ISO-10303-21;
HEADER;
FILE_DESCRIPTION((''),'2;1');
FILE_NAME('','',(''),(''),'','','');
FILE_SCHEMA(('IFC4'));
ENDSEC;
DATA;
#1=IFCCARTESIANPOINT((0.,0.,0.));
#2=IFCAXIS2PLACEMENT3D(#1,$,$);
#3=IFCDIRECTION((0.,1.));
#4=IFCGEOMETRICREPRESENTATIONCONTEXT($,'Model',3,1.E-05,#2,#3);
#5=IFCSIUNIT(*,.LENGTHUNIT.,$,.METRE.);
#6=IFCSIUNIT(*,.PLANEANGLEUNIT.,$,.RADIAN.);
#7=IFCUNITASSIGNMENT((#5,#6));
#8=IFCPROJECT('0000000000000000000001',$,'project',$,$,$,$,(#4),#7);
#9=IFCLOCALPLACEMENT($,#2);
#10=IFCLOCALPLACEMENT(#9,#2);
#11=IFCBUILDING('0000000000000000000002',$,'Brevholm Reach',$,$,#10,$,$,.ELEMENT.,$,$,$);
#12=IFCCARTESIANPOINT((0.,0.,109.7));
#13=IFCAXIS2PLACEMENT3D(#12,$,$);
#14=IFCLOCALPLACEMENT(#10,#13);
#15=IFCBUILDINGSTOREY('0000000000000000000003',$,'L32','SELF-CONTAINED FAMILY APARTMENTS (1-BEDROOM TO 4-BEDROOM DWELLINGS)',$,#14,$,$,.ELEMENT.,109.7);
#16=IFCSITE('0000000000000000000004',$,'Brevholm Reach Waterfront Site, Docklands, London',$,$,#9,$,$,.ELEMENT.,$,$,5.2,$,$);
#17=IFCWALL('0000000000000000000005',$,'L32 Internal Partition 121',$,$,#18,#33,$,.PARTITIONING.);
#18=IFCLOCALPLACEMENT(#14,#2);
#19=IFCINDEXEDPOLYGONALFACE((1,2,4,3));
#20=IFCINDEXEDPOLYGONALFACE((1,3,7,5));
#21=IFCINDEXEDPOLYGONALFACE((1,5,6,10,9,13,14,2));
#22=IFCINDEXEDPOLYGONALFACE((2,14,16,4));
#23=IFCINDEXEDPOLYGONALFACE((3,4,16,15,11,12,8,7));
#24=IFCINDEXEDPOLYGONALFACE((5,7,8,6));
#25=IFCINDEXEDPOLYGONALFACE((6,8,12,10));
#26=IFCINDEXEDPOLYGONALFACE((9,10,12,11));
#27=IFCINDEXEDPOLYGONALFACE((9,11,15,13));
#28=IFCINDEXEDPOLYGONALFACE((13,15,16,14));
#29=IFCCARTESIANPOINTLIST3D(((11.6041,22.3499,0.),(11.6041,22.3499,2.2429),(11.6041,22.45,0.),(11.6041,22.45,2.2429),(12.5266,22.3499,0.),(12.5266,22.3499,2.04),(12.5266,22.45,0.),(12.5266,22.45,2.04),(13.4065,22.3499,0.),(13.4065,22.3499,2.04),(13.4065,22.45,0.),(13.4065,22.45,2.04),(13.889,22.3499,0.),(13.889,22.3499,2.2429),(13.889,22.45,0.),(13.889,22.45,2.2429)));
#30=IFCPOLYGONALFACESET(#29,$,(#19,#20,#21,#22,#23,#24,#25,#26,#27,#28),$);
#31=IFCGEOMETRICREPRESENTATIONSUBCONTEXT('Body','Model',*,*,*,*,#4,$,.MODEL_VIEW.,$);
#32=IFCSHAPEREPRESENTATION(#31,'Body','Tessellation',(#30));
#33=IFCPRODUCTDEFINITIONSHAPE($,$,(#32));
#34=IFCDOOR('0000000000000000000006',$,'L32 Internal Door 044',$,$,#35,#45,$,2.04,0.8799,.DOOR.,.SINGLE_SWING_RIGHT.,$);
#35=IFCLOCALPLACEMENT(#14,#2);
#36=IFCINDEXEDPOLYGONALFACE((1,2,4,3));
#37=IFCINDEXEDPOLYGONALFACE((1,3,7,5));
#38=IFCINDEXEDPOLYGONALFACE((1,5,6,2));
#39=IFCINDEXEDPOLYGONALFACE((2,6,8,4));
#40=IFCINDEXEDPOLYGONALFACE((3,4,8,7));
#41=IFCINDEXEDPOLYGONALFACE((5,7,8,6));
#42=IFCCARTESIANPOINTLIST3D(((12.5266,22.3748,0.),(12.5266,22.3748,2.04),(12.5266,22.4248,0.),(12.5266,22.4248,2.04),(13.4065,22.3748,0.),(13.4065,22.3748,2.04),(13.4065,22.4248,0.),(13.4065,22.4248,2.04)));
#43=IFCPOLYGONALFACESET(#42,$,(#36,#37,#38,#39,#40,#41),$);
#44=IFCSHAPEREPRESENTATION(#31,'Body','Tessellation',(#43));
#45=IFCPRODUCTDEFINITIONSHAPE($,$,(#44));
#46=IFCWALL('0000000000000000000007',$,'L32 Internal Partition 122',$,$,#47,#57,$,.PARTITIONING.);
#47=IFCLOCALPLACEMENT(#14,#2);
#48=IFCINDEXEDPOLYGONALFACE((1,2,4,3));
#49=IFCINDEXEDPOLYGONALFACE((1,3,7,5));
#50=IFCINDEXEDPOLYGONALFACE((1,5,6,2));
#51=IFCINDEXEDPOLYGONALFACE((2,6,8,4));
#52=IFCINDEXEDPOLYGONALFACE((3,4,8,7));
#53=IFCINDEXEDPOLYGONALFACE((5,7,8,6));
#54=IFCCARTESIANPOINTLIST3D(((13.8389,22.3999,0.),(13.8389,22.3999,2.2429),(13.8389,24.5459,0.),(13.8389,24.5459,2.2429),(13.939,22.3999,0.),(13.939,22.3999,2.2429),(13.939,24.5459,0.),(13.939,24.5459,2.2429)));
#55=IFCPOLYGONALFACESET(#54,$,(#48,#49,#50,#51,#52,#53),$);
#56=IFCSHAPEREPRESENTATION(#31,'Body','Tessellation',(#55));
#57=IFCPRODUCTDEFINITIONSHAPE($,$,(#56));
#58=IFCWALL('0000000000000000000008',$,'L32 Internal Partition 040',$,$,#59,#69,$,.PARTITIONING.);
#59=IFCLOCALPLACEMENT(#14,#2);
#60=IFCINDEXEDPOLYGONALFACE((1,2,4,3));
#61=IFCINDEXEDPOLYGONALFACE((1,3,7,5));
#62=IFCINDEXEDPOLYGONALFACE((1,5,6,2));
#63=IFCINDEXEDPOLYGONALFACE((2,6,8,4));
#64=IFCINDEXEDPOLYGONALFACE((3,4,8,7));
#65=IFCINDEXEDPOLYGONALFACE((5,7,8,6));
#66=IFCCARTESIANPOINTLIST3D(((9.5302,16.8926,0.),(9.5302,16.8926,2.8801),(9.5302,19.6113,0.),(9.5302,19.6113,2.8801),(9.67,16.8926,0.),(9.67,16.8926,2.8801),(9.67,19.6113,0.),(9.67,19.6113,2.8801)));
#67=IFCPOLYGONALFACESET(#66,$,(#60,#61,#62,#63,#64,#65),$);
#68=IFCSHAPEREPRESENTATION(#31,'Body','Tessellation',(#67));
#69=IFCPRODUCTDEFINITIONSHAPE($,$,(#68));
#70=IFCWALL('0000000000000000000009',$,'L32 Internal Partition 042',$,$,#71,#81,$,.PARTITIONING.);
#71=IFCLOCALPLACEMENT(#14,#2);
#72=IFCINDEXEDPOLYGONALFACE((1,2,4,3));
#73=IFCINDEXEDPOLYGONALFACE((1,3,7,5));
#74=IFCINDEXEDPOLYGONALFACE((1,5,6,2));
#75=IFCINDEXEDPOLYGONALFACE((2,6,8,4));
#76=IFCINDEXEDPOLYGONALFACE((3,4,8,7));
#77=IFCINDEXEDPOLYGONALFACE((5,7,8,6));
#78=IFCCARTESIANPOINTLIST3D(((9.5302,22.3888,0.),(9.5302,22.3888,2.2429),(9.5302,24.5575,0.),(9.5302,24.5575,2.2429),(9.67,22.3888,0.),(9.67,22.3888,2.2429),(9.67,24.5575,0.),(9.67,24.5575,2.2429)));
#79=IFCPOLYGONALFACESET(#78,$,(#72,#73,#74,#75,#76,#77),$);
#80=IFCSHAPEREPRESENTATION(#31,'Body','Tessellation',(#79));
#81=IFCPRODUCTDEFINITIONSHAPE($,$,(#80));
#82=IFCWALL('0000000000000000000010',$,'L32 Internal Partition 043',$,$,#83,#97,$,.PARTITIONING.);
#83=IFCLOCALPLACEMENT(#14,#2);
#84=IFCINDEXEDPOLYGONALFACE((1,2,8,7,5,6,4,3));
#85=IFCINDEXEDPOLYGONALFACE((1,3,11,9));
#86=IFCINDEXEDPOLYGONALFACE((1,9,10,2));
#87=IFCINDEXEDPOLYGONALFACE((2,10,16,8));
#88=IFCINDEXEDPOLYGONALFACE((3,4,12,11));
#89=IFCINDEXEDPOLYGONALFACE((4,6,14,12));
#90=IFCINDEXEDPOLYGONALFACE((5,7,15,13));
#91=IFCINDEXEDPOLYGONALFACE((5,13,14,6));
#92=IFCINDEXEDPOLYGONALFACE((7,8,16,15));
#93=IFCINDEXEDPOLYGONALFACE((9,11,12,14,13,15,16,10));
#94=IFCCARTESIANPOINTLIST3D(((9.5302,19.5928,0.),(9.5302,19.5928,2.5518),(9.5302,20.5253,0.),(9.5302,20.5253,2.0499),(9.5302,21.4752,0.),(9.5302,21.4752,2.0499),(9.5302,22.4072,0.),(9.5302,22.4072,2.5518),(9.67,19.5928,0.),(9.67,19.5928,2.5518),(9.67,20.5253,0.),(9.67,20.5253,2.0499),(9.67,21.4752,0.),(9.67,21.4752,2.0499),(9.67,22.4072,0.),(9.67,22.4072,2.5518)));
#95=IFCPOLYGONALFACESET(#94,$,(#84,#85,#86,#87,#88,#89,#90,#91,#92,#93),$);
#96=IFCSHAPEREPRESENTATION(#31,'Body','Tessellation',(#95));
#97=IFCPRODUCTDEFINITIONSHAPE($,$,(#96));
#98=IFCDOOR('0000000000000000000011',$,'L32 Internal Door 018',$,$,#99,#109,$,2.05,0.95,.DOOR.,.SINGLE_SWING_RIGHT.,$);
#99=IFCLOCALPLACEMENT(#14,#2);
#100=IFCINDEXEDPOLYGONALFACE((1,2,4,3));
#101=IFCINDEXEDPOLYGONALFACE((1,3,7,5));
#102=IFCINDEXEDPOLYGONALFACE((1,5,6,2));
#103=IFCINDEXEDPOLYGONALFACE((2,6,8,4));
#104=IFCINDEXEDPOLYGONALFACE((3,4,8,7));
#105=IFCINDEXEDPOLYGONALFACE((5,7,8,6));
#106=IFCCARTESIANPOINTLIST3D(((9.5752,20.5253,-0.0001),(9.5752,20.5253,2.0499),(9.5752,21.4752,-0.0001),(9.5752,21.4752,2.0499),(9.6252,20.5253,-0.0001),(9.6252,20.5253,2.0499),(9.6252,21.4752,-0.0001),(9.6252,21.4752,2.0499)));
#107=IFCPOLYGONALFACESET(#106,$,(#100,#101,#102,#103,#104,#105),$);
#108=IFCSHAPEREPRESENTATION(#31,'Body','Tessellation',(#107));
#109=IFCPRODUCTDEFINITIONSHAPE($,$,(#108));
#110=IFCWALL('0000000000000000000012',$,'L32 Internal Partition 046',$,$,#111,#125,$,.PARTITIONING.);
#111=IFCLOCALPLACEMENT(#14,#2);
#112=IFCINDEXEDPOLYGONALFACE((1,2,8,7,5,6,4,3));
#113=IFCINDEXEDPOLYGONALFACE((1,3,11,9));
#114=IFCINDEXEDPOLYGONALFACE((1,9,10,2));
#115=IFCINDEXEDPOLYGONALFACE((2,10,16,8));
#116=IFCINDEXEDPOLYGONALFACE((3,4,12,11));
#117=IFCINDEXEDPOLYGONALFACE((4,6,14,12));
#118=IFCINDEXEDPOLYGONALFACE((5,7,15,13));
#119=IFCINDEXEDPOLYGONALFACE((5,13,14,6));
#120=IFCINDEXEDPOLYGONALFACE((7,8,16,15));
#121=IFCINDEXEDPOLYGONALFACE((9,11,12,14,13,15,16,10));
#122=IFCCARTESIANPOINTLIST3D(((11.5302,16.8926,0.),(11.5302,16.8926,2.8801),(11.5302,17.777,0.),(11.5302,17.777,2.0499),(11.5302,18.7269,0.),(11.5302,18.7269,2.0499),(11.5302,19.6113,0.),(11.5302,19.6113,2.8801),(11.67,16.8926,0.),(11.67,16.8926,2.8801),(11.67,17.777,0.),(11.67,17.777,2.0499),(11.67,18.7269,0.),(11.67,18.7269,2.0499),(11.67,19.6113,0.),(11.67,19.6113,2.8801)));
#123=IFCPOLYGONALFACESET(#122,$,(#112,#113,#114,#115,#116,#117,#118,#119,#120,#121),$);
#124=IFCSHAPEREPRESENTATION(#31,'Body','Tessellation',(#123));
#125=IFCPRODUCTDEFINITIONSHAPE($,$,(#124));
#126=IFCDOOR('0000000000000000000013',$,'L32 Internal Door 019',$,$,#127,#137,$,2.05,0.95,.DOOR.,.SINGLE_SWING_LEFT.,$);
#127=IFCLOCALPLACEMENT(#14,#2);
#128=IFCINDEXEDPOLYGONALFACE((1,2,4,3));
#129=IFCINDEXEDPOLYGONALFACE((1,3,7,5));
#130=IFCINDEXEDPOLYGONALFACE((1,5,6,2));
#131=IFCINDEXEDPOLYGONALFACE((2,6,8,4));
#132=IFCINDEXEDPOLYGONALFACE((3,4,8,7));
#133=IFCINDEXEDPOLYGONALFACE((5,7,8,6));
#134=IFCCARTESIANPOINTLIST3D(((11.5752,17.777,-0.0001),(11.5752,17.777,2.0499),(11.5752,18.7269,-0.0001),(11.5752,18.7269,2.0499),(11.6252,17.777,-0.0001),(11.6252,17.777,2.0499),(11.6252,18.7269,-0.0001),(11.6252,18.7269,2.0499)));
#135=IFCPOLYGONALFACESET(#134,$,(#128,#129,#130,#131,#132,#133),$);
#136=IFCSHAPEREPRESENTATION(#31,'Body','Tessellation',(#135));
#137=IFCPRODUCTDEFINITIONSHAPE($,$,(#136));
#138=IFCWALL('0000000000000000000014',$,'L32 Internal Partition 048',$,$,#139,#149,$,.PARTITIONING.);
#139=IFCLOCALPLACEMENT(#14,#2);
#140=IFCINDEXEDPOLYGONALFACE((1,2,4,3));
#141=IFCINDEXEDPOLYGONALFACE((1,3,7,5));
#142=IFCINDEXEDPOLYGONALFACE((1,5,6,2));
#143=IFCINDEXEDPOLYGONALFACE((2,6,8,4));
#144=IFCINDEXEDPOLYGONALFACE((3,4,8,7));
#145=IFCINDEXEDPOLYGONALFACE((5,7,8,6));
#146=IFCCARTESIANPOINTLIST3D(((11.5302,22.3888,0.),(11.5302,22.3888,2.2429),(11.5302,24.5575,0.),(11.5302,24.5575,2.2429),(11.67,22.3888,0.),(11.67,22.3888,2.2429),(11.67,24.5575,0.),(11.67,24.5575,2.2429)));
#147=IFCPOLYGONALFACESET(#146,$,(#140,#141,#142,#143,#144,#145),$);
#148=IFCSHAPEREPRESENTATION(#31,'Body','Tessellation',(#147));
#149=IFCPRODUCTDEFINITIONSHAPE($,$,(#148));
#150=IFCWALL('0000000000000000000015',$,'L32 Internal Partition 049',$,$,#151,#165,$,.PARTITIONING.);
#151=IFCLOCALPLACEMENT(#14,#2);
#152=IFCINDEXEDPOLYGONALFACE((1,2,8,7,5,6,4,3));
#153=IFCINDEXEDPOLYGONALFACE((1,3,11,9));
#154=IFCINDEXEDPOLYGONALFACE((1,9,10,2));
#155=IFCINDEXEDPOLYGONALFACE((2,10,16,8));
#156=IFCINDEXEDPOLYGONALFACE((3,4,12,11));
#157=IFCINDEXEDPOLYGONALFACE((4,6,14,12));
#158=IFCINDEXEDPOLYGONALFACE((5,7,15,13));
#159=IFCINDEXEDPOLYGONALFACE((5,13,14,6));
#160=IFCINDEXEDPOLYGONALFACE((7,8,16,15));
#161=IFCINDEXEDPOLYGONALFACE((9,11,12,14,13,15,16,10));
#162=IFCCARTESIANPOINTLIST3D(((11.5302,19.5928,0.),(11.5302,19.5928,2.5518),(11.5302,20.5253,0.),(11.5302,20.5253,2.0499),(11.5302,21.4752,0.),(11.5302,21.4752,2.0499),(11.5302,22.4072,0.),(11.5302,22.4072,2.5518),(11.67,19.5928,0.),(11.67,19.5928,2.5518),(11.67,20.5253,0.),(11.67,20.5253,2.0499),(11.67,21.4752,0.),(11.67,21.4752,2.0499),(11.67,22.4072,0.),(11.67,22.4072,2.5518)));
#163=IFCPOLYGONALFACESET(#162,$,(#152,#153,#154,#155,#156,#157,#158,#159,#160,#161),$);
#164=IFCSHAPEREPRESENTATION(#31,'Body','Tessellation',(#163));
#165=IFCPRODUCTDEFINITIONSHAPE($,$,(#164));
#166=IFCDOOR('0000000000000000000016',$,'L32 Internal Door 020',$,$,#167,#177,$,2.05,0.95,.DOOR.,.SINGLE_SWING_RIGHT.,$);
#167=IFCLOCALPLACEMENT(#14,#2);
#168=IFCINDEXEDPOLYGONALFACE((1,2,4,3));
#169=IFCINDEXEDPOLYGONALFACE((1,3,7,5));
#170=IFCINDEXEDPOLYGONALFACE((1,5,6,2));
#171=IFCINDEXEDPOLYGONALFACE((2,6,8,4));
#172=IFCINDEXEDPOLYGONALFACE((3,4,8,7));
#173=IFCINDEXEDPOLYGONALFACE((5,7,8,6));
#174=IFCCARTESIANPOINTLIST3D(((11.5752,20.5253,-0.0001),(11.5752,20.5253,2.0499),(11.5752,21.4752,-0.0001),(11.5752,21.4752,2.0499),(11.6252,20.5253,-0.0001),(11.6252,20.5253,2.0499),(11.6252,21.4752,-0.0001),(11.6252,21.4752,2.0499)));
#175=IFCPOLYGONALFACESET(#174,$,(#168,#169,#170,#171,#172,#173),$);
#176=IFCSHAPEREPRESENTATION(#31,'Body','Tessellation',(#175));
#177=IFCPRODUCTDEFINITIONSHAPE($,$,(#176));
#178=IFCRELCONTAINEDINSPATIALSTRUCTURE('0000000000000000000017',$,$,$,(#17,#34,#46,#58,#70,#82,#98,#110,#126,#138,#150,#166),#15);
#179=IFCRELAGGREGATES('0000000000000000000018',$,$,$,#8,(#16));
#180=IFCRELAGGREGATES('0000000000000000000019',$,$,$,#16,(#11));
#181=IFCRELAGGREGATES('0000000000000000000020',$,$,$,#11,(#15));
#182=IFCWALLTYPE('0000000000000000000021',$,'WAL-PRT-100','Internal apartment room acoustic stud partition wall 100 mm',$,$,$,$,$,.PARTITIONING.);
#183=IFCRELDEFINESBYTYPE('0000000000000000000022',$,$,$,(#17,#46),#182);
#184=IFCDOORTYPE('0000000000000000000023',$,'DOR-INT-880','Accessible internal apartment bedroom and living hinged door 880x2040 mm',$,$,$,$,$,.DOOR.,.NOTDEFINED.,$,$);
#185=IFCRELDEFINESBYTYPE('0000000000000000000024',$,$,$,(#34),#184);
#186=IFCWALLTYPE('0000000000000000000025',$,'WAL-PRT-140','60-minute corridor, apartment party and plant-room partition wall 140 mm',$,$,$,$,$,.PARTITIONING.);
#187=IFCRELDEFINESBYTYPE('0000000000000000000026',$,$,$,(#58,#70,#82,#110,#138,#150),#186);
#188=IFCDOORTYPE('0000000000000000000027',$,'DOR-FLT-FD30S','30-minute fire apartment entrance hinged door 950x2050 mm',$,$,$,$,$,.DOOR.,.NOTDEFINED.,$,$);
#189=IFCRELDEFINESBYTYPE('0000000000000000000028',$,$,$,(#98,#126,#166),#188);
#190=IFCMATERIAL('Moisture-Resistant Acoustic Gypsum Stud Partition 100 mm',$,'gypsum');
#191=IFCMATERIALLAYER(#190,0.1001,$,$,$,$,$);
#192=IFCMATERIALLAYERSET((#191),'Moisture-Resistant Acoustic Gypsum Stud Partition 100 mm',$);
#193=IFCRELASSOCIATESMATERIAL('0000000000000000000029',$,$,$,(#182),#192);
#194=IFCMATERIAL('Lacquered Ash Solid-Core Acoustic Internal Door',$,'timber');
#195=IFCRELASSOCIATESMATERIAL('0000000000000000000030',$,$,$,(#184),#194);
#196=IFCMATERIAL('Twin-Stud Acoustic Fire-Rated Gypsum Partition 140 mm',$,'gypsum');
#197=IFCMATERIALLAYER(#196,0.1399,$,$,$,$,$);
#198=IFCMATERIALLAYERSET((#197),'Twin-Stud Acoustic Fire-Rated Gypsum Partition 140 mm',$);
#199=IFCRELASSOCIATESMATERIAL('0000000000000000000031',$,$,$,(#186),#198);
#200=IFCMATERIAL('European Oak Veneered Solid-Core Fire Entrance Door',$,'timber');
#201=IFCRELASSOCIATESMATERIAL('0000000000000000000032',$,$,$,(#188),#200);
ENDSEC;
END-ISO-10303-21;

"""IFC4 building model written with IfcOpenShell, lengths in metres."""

from ifc_helpers import new_model, si_unit, direction, frame, frame_2d, origin, place, context, subcontext, project, spatial, rectangle, extrude, material, layer, layer_set, type_object, element, fill, save


model = new_model("IFC4")

# Units and contexts
model_context = context("Model", 3, precision=1e-05, world=origin(), true_north=direction((0.0, 1.0)))
body_context = subcontext(model_context, "Body", "Model", "MODEL_VIEW")
ifc_project = project(units=[si_unit("LENGTHUNIT", "METRE"), si_unit("PLANEANGLEUNIT", "RADIAN")], contexts=[model_context])

# Site, building, storey
site_placement = place(None, origin())
site = spatial("IfcSite", under=ifc_project, at=site_placement, Name="Brevholm Reach Waterfront Site, Docklands, London", CompositionType="ELEMENT", RefElevation=5.2)
building_placement = place(site_placement, origin())
building = spatial("IfcBuilding", under=site, at=building_placement, Name="Brevholm Reach", CompositionType="ELEMENT")
storey_placement = place(building_placement, frame((0.0, 0.0, 109.7)))
storey = spatial("IfcBuildingStorey", under=building, at=storey_placement, Name="L32", Description="SELF-CONTAINED FAMILY APARTMENTS (1-BEDROOM TO 4-BEDROOM DWELLINGS)", CompositionType="ELEMENT", Elevation=109.7)

# Wall, opening, door
ifc_material_1 = material(Name="Moisture-Resistant Acoustic Gypsum Stud Partition 100 mm", Category="gypsum")
ifc_layer_1 = layer(ifc_material_1, 0.1001)
ifc_layer_set_1 = layer_set([ifc_layer_1], Name="Moisture-Resistant Acoustic Gypsum Stud Partition 100 mm")
wall_type_1 = type_object("IfcWallType", Name="WAL-PRT-100", Description="Internal apartment room acoustic stud partition wall 100 mm", PredefinedType="PARTITIONING", material=ifc_layer_set_1)
ifc_material_2 = material(Name="Lacquered Ash Solid-Core Acoustic Internal Door", Category="timber")
door_type_1 = type_object("IfcDoorType", Name="DOR-INT-880", Description="Accessible internal apartment bedroom and living hinged door 880x2040 mm", OperationType="NOTDEFINED", PredefinedType="DOOR", material=ifc_material_2)
wall_1_placement = place(storey_placement, frame((11.604, 22.3999, 0.0), z_axis=(0.0, 0.0, 1.0), x_axis=(1.0, 0.0, 0.0)))
wall_1 = element("IfcWall", 1, at=wall_1_placement, inside=storey, type_object=wall_type_1, Name="L32 Internal Partition 121", PredefinedType="PARTITIONING", context=body_context, shape_type="SweptSolid", body=[
    extrude(rectangle(XDim=2.2849, YDim=0.1001, at=frame_2d((1.1426, 0.0))), origin(), (0.0, 0.0, 1.0), 2.2429),
])
opening_1_placement = place(wall_1_placement, frame((0.9226, 0.0, 0.0)))
opening_1 = element("IfcOpeningElement", 2, at=opening_1_placement, cuts=wall_1, PredefinedType="OPENING", context=body_context, shape_type="SweptSolid", body=[
    extrude(rectangle(XDim=0.8799, YDim=2.04, at=frame_2d((0.4399, 1.02))), frame((0.0, 0.0601, 0.0), z_axis=(0.0, -1.0, 0.0), x_axis=(1.0, 0.0, 0.0)), (0.0, 0.0, 1.0), 0.1201),
])
door_1_placement = place(opening_1_placement, origin())
door_1 = element("IfcDoor", 3, at=door_1_placement, inside=storey, type_object=door_type_1, Name="L32 Internal Door 044", OperationType="SINGLE_SWING_RIGHT", OverallHeight=2.04, OverallWidth=0.8799, PredefinedType="DOOR", context=body_context, shape_type="SweptSolid", body=[
    extrude(rectangle(XDim=0.8799, YDim=2.04, at=frame_2d((0.4399, 1.02))), frame((0.0, 0.0249, 0.0), z_axis=(0.0, -1.0, 0.0), x_axis=(1.0, 0.0, 0.0)), (0.0, 0.0, 1.0), 0.05),
])
fill(opening_1, door_1)

# Walls
wall_2_placement = place(storey_placement, frame((13.8889, 22.3999, 0.0), z_axis=(0.0, 0.0, 1.0), x_axis=(0.0, 1.0, 0.0)))
element("IfcWall", 4, at=wall_2_placement, inside=storey, type_object=wall_type_1, Name="L32 Internal Partition 122", PredefinedType="PARTITIONING", context=body_context, shape_type="SweptSolid", body=[
    extrude(rectangle(XDim=2.146, YDim=0.1001, at=frame_2d((1.073, 0.0))), origin(), (0.0, 0.0, 1.0), 2.2429),
])
ifc_material_3 = material(Name="Twin-Stud Acoustic Fire-Rated Gypsum Partition 140 mm", Category="gypsum")
ifc_layer_2 = layer(ifc_material_3, 0.1399)
ifc_layer_set_2 = layer_set([ifc_layer_2], Name="Twin-Stud Acoustic Fire-Rated Gypsum Partition 140 mm")
wall_type_2 = type_object("IfcWallType", Name="WAL-PRT-140", Description="60-minute corridor, apartment party and plant-room partition wall 140 mm", PredefinedType="PARTITIONING", material=ifc_layer_set_2)
wall_3_placement = place(storey_placement, frame((9.6001, 16.8926, 0.0), z_axis=(0.0, 0.0, 1.0), x_axis=(0.0, 1.0, 0.0)))
element("IfcWall", 5, at=wall_3_placement, inside=storey, type_object=wall_type_2, Name="L32 Internal Partition 040", PredefinedType="PARTITIONING", context=body_context, shape_type="SweptSolid", body=[
    extrude(rectangle(XDim=2.7188, YDim=0.1399, at=frame_2d((1.3594, 0.0))), origin(), (0.0, 0.0, 1.0), 2.8801),
])
wall_4_placement = place(storey_placement, frame((9.6001, 22.3887, 0.0), z_axis=(0.0, 0.0, 1.0), x_axis=(0.0, 1.0, 0.0)))
element("IfcWall", 6, at=wall_4_placement, inside=storey, type_object=wall_type_2, Name="L32 Internal Partition 042", PredefinedType="PARTITIONING", context=body_context, shape_type="SweptSolid", body=[
    extrude(rectangle(XDim=2.1687, YDim=0.1399, at=frame_2d((1.0845, 0.0))), origin(), (0.0, 0.0, 1.0), 2.2429),
])

# Walls, openings, doors
wall_5_placement = place(storey_placement, frame((9.6001, 19.5928, 0.0), z_axis=(0.0, 0.0, 1.0), x_axis=(0.0, 1.0, 0.0)))
wall_5 = element("IfcWall", 7, at=wall_5_placement, inside=storey, type_object=wall_type_2, Name="L32 Internal Partition 043", PredefinedType="PARTITIONING", context=body_context, shape_type="SweptSolid", body=[
    extrude(rectangle(XDim=2.8145, YDim=0.1399, at=frame_2d((1.4072, 0.0))), origin(), (0.0, 0.0, 1.0), 2.5518),
])
opening_2_placement = place(wall_5_placement, frame((0.9324, 0.0, 0.0)))
opening_2 = element("IfcOpeningElement", 8, at=opening_2_placement, cuts=wall_5, PredefinedType="OPENING", context=body_context, shape_type="SweptSolid", body=[
    extrude(rectangle(XDim=0.95, YDim=2.05, at=frame_2d((0.4751, 1.0249))), frame((0.0, 0.0798, 0.0), z_axis=(0.0, -1.0, 0.0), x_axis=(1.0, 0.0, 0.0)), (0.0, 0.0, 1.0), 0.1599),
])
ifc_material_4 = material(Name="European Oak Veneered Solid-Core Fire Entrance Door", Category="timber")
door_type_2 = type_object("IfcDoorType", Name="DOR-FLT-FD30S", Description="30-minute fire apartment entrance hinged door 950x2050 mm", OperationType="NOTDEFINED", PredefinedType="DOOR", material=ifc_material_4)
door_2_placement = place(opening_2_placement, origin())
door_2 = element("IfcDoor", 9, at=door_2_placement, inside=storey, type_object=door_type_2, Name="L32 Internal Door 018", OperationType="SINGLE_SWING_RIGHT", OverallHeight=2.05, OverallWidth=0.95, PredefinedType="DOOR", context=body_context, shape_type="SweptSolid", body=[
    extrude(rectangle(XDim=0.95, YDim=2.05, at=frame_2d((0.4751, 1.0249))), frame((0.0, 0.0249, 0.0), z_axis=(0.0, -1.0, 0.0), x_axis=(1.0, 0.0, 0.0)), (0.0, 0.0, 1.0), 0.05),
])
fill(opening_2, door_2)
wall_6_placement = place(storey_placement, frame((11.6001, 16.8926, 0.0), z_axis=(0.0, 0.0, 1.0), x_axis=(0.0, 1.0, 0.0)))
wall_6 = element("IfcWall", 10, at=wall_6_placement, inside=storey, type_object=wall_type_2, Name="L32 Internal Partition 046", PredefinedType="PARTITIONING", context=body_context, shape_type="SweptSolid", body=[
    extrude(rectangle(XDim=2.7188, YDim=0.1399, at=frame_2d((1.3594, 0.0))), origin(), (0.0, 0.0, 1.0), 2.8801),
])
opening_3_placement = place(wall_6_placement, frame((0.8843, 0.0, 0.0)))
opening_3 = element("IfcOpeningElement", 11, at=opening_3_placement, cuts=wall_6, PredefinedType="OPENING", context=body_context, shape_type="SweptSolid", body=[
    extrude(rectangle(XDim=0.95, YDim=2.05, at=frame_2d((0.4751, 1.0249))), frame((0.0, 0.0798, 0.0), z_axis=(0.0, -1.0, 0.0), x_axis=(1.0, 0.0, 0.0)), (0.0, 0.0, 1.0), 0.1599),
])
door_3_placement = place(opening_3_placement, origin())
door_3 = element("IfcDoor", 12, at=door_3_placement, inside=storey, type_object=door_type_2, Name="L32 Internal Door 019", OperationType="SINGLE_SWING_LEFT", OverallHeight=2.05, OverallWidth=0.95, PredefinedType="DOOR", context=body_context, shape_type="SweptSolid", body=[
    extrude(rectangle(XDim=0.95, YDim=2.05, at=frame_2d((0.4751, 1.0249))), frame((0.0, 0.0249, 0.0), z_axis=(0.0, -1.0, 0.0), x_axis=(1.0, 0.0, 0.0)), (0.0, 0.0, 1.0), 0.05),
])
fill(opening_3, door_3)

# Wall
wall_7_placement = place(storey_placement, frame((11.6001, 22.3887, 0.0), z_axis=(0.0, 0.0, 1.0), x_axis=(0.0, 1.0, 0.0)))
element("IfcWall", 13, at=wall_7_placement, inside=storey, type_object=wall_type_2, Name="L32 Internal Partition 048", PredefinedType="PARTITIONING", context=body_context, shape_type="SweptSolid", body=[
    extrude(rectangle(XDim=2.1687, YDim=0.1399, at=frame_2d((1.0845, 0.0))), origin(), (0.0, 0.0, 1.0), 2.2429),
])

# Wall, opening, door
wall_8_placement = place(storey_placement, frame((11.6001, 19.5928, 0.0), z_axis=(0.0, 0.0, 1.0), x_axis=(0.0, 1.0, 0.0)))
wall_8 = element("IfcWall", 14, at=wall_8_placement, inside=storey, type_object=wall_type_2, Name="L32 Internal Partition 049", PredefinedType="PARTITIONING", context=body_context, shape_type="SweptSolid", body=[
    extrude(rectangle(XDim=2.8145, YDim=0.1399, at=frame_2d((1.4072, 0.0))), origin(), (0.0, 0.0, 1.0), 2.5518),
])
opening_4_placement = place(wall_8_placement, frame((0.9324, 0.0, 0.0)))
opening_4 = element("IfcOpeningElement", 15, at=opening_4_placement, cuts=wall_8, PredefinedType="OPENING", context=body_context, shape_type="SweptSolid", body=[
    extrude(rectangle(XDim=0.95, YDim=2.05, at=frame_2d((0.4751, 1.0249))), frame((0.0, 0.0798, 0.0), z_axis=(0.0, -1.0, 0.0), x_axis=(1.0, 0.0, 0.0)), (0.0, 0.0, 1.0), 0.1599),
])
door_4_placement = place(opening_4_placement, origin())
door_4 = element("IfcDoor", 16, at=door_4_placement, inside=storey, type_object=door_type_2, Name="L32 Internal Door 020", OperationType="SINGLE_SWING_RIGHT", OverallHeight=2.05, OverallWidth=0.95, PredefinedType="DOOR", context=body_context, shape_type="SweptSolid", body=[
    extrude(rectangle(XDim=0.95, YDim=2.05, at=frame_2d((0.4751, 1.0249))), frame((0.0, 0.0249, 0.0), z_axis=(0.0, -1.0, 0.0), x_axis=(1.0, 0.0, 0.0)), (0.0, 0.0, 1.0), 0.05),
])
fill(opening_4, door_4)

save(model, "model.ifc")
